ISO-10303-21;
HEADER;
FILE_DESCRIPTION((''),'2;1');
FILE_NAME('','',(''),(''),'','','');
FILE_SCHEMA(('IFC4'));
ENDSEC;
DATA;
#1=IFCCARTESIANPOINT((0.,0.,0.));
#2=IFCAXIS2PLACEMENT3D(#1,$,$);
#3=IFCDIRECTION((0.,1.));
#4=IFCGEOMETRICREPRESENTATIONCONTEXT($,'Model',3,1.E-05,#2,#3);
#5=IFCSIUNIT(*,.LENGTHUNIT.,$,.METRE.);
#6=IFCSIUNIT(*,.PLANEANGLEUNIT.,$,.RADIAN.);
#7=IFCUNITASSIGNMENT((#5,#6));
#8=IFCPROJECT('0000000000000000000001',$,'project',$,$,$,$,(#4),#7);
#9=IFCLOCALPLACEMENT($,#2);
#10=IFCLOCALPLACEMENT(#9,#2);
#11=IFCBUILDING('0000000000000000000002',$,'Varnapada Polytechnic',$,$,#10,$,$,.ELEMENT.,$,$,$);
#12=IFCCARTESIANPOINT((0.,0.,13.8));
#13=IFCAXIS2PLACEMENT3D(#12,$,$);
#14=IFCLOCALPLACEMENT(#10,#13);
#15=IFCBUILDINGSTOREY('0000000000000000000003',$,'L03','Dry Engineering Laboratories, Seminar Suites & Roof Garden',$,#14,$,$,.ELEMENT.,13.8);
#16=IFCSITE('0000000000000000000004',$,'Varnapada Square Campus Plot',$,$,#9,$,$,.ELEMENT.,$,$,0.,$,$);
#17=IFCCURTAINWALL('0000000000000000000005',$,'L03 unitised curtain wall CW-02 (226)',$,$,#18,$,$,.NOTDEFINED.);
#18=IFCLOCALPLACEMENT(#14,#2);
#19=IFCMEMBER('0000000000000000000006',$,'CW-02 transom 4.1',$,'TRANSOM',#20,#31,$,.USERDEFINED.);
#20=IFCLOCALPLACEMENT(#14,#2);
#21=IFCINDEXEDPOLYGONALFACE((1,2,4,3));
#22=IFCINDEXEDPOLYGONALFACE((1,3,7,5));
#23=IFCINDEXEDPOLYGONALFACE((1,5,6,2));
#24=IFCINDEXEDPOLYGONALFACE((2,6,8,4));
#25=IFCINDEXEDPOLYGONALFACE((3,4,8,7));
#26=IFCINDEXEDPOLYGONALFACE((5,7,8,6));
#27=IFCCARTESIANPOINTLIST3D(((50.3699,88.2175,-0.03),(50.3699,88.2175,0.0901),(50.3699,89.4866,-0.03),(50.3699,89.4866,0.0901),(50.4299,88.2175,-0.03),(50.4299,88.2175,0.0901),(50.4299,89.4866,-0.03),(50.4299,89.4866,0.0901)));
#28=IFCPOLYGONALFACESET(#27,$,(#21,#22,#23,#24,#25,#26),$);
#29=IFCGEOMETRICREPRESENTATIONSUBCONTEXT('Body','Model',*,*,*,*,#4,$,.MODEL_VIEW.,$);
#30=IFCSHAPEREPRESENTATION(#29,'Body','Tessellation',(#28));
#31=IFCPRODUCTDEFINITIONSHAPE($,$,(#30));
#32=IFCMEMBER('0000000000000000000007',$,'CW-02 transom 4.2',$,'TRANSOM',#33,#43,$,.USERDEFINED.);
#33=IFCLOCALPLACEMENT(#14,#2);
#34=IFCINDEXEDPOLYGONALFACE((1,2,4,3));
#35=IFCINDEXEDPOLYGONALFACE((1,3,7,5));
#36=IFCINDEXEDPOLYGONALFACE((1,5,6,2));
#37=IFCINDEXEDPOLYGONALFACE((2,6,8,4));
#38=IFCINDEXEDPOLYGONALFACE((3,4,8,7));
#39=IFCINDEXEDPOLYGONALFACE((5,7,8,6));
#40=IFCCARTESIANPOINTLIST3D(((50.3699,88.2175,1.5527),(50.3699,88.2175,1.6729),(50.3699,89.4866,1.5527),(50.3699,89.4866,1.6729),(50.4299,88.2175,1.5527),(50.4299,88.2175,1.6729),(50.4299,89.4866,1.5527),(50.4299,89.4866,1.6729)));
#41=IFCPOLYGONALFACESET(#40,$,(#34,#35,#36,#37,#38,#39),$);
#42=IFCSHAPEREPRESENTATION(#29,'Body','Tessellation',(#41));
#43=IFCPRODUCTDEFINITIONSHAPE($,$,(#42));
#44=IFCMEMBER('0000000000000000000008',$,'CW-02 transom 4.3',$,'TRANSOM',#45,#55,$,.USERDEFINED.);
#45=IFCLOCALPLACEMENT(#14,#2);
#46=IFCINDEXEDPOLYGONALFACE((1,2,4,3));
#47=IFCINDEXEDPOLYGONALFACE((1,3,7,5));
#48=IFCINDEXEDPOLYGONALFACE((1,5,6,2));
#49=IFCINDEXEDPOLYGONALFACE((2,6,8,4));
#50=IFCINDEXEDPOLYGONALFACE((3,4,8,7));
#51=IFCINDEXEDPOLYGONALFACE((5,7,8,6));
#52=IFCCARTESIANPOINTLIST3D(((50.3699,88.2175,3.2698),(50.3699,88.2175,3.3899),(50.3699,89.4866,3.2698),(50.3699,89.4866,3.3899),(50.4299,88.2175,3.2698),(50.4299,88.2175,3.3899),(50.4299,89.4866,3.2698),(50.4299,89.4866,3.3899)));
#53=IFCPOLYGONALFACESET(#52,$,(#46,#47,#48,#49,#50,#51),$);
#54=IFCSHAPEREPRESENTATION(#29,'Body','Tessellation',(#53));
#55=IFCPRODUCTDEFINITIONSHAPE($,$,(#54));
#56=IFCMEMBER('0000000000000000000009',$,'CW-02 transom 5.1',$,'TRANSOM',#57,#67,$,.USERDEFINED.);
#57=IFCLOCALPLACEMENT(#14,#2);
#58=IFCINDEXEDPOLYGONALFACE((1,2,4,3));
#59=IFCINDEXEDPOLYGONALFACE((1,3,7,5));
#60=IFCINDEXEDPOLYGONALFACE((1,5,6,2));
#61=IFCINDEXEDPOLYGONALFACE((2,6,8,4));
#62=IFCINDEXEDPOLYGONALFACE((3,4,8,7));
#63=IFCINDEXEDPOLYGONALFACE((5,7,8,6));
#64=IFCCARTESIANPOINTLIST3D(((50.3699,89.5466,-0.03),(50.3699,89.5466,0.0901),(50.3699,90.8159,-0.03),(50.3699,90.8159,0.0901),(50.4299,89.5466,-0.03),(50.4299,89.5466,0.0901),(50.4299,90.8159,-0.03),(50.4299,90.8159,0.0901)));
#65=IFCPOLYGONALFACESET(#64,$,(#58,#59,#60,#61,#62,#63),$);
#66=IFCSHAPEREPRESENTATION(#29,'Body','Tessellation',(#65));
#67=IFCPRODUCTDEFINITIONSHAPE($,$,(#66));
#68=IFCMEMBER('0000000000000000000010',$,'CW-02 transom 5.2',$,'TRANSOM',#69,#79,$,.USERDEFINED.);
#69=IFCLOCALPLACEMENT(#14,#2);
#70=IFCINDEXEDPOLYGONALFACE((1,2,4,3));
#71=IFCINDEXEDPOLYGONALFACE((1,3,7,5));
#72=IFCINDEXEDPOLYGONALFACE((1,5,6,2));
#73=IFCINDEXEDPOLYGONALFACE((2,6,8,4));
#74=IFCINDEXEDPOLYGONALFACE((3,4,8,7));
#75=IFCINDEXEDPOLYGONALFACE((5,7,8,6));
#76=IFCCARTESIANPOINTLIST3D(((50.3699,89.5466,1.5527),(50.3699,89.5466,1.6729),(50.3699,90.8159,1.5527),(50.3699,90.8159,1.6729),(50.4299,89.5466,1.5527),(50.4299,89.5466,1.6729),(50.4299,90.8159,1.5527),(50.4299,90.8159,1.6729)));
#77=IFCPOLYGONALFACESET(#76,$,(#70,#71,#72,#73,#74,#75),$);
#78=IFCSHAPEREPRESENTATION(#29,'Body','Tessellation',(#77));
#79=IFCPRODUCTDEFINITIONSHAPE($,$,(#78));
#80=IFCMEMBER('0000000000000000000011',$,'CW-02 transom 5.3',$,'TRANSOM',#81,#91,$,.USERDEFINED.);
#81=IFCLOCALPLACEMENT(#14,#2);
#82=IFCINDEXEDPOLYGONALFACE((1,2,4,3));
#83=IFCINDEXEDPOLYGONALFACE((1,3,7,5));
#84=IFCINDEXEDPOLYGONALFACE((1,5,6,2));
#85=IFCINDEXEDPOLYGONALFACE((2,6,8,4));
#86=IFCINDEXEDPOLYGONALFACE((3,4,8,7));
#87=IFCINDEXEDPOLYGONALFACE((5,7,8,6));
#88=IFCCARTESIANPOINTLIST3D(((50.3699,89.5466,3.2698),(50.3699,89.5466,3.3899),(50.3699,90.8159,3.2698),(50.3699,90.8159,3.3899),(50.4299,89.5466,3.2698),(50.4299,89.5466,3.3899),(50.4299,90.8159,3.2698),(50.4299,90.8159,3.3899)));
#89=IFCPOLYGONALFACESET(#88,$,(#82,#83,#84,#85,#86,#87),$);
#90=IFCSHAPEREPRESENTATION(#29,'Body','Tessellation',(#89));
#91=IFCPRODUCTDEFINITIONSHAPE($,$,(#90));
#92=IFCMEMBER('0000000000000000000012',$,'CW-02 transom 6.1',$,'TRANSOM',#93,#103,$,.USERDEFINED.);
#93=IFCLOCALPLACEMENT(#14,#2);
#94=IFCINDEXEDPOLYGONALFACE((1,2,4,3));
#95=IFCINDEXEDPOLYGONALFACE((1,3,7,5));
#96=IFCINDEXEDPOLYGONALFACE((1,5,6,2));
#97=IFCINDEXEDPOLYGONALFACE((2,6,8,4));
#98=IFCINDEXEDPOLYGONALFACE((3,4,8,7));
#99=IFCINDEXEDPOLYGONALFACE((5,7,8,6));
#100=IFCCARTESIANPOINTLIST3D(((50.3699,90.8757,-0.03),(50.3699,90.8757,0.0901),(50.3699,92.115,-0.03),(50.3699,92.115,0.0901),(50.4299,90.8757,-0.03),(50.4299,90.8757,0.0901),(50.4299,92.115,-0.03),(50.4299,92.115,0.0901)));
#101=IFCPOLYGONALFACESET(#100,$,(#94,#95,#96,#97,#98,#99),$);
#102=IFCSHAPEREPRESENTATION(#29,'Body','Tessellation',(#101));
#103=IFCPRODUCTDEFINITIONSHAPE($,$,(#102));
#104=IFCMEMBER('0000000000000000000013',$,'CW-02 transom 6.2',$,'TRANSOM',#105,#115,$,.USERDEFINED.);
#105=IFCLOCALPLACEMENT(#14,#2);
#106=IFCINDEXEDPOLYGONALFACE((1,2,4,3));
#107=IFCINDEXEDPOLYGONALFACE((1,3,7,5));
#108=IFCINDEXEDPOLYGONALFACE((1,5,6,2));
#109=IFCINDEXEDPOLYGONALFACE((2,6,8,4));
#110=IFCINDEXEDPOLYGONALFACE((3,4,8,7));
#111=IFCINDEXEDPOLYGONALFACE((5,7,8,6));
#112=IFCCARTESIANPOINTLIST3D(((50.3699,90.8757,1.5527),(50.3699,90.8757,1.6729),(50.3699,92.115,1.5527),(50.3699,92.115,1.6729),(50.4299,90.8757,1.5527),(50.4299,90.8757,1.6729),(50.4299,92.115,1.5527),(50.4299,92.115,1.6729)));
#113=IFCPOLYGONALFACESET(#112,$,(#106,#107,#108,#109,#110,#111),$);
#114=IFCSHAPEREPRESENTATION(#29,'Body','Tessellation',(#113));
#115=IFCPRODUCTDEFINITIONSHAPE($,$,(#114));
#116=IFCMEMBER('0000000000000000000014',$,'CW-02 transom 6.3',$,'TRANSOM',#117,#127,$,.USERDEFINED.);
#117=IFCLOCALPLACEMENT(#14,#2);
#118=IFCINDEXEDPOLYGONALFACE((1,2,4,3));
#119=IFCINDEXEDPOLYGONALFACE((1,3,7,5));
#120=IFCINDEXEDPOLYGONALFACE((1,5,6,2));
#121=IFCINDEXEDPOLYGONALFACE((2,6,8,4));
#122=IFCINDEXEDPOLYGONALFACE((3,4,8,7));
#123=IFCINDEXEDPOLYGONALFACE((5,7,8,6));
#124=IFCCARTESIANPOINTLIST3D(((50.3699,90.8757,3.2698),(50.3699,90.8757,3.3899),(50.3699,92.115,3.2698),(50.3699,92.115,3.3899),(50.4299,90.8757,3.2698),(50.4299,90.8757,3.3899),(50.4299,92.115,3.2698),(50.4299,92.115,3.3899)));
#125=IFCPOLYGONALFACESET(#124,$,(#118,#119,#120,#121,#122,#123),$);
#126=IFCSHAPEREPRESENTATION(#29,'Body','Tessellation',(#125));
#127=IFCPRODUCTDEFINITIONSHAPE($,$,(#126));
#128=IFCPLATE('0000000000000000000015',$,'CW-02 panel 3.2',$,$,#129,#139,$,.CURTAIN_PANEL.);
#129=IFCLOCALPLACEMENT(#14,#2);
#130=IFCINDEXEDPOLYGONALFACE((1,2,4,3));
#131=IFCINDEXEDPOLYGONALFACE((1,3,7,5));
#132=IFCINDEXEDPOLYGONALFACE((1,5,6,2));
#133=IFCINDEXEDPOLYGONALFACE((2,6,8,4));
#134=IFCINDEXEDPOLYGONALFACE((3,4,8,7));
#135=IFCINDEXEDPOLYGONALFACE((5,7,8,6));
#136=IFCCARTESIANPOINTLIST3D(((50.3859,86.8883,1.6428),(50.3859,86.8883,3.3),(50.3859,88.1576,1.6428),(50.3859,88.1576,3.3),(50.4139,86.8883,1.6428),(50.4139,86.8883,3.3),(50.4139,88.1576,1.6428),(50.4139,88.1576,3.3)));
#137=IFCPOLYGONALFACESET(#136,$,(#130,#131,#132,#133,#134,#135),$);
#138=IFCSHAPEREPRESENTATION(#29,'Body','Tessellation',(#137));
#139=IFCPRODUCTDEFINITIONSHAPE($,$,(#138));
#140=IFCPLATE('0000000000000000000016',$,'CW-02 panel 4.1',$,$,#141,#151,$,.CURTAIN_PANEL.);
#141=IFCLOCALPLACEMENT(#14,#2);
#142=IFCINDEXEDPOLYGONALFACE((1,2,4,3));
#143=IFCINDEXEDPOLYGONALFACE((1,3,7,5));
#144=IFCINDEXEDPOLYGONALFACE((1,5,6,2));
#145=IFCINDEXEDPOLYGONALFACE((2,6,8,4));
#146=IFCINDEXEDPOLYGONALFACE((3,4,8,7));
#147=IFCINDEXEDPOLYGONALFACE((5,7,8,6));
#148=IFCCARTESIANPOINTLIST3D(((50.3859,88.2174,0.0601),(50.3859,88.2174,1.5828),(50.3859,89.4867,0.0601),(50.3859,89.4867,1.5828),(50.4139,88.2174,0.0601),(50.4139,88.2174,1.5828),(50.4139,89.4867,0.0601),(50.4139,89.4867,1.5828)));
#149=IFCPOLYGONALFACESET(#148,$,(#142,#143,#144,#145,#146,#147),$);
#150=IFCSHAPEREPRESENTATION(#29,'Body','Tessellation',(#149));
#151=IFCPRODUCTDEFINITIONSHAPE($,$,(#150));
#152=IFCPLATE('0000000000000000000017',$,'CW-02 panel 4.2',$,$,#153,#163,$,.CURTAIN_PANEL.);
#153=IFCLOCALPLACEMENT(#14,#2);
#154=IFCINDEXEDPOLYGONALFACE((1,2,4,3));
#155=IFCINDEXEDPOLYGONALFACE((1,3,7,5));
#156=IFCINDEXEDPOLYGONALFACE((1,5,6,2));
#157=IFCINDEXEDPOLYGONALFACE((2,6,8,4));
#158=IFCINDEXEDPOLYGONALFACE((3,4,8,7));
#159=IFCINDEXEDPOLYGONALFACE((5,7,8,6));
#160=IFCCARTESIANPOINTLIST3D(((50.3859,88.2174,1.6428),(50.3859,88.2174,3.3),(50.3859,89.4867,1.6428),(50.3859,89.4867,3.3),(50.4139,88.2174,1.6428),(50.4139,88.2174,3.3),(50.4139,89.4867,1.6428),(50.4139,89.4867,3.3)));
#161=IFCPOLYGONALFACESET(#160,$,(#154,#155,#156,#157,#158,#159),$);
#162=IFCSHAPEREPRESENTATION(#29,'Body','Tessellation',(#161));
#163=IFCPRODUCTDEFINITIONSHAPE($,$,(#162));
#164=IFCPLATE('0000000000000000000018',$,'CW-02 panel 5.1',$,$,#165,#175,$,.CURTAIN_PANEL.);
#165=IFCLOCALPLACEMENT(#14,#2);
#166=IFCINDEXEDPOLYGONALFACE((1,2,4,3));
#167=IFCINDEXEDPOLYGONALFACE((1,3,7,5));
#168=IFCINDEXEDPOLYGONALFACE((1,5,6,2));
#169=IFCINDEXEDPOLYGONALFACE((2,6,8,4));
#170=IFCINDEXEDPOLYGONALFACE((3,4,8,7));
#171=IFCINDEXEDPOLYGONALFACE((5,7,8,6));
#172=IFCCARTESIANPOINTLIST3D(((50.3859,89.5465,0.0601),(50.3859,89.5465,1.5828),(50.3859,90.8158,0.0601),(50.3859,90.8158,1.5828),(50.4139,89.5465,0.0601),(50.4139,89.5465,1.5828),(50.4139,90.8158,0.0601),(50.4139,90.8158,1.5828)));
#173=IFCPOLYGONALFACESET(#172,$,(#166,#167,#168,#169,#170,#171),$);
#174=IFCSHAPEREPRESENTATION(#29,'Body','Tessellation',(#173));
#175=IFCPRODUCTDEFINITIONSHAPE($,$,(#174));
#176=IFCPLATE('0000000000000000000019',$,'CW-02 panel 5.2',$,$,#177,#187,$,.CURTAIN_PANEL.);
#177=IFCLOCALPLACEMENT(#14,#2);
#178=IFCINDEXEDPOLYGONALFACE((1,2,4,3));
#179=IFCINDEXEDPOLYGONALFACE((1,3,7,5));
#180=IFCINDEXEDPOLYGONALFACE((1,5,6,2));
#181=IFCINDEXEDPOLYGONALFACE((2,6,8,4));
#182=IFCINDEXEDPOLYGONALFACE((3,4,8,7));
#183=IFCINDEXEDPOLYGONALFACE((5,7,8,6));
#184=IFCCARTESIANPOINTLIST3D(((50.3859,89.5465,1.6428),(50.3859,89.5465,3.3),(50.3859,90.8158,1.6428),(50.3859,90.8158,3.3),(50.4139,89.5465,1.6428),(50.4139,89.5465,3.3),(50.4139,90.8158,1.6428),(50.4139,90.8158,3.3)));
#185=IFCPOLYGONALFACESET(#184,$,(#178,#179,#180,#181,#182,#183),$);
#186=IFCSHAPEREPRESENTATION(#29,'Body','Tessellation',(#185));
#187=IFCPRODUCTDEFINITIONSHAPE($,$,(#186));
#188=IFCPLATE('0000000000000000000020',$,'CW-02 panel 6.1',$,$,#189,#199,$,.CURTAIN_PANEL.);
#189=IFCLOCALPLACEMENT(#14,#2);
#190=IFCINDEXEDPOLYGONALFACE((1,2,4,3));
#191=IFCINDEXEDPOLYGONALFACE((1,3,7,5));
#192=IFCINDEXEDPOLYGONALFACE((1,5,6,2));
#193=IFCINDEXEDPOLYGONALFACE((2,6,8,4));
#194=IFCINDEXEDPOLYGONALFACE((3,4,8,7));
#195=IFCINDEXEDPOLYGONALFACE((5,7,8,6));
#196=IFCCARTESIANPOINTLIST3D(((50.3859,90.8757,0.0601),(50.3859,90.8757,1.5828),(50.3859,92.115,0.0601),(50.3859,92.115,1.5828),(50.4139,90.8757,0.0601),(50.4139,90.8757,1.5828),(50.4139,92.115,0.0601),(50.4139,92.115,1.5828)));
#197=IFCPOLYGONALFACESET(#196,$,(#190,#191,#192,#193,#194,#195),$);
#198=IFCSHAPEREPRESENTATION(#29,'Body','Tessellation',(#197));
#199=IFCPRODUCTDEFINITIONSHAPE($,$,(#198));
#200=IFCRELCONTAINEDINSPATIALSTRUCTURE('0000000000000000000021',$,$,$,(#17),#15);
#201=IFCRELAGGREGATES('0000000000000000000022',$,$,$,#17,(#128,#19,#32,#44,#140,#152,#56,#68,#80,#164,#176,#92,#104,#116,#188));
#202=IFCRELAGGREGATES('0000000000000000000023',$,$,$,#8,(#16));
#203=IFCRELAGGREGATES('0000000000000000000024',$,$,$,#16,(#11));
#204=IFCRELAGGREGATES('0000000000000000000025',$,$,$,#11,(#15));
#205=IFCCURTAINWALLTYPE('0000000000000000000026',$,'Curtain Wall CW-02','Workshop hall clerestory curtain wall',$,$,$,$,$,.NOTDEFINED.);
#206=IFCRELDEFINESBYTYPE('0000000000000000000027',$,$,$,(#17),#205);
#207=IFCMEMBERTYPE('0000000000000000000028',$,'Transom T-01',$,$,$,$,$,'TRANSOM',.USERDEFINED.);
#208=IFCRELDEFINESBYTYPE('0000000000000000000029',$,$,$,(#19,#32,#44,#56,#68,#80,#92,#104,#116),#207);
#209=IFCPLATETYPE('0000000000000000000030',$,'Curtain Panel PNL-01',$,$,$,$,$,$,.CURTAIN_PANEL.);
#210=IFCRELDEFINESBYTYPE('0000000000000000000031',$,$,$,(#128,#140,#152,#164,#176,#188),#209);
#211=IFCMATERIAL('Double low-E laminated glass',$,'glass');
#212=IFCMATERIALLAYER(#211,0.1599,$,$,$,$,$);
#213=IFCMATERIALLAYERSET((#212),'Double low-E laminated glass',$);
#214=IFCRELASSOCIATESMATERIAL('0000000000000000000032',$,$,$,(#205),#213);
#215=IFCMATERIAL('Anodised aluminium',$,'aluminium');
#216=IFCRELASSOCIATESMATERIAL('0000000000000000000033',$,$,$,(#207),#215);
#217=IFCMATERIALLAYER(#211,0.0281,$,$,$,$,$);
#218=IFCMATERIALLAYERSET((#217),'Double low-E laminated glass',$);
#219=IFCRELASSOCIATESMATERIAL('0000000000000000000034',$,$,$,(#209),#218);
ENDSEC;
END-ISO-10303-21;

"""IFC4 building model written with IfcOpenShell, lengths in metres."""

from ifc_helpers import new_model, si_unit, direction, frame, origin, origin_2d, place, context, subcontext, project, spatial, rectangle, extrude, material, layer, layer_set, material_profile, profile_set, type_object, element, aggregate, save


model = new_model("IFC4")

# Units and contexts
model_context = context("Model", 3, precision=1e-05, world=origin(), true_north=direction((0.0, 1.0)))
body_context = subcontext(model_context, "Body", "Model", "MODEL_VIEW")
ifc_project = project(units=[si_unit("LENGTHUNIT", "METRE"), si_unit("PLANEANGLEUNIT", "RADIAN")], contexts=[model_context])

# Site, building, storey
site_placement = place(None, origin())
site = spatial("IfcSite", under=ifc_project, at=site_placement, Name="Varnapada Square Campus Plot", CompositionType="ELEMENT", RefElevation=0.0)
building_placement = place(site_placement, origin())
building = spatial("IfcBuilding", under=site, at=building_placement, Name="Varnapada Polytechnic", CompositionType="ELEMENT")
storey_placement = place(building_placement, frame((0.0, 0.0, 13.8)))
storey = spatial("IfcBuildingStorey", under=building, at=storey_placement, Name="L03", Description="Dry Engineering Laboratories, Seminar Suites & Roof Garden", CompositionType="ELEMENT", Elevation=13.8)

# Curtain wall
ifc_material_1 = material(Name="Double low-E laminated glass", Category="glass")
ifc_layer_1 = layer(ifc_material_1, 0.1599)
ifc_layer_set_1 = layer_set([ifc_layer_1], Name="Double low-E laminated glass")
curtain_wall_type = type_object("IfcCurtainWallType", Name="Curtain Wall CW-02", Description="Workshop hall clerestory curtain wall", PredefinedType="NOTDEFINED", material=ifc_layer_set_1)
curtain_wall_placement = place(storey_placement, origin())
curtain_wall = element("IfcCurtainWall", 1, at=curtain_wall_placement, inside=storey, type_object=curtain_wall_type, Name="L03 unitised curtain wall CW-02 (226)", PredefinedType="NOTDEFINED")
ifc_material_2 = material(Name="Anodised aluminium", Category="aluminium")

# Members
ifc_material_profile_1 = material_profile(ifc_material_2, rectangle(XDim=0.0601, YDim=0.1201, at=origin_2d()), Name="ALU T60x120")
ifc_profile_set_1 = profile_set([ifc_material_profile_1], Name="Anodised aluminium")
member_type_1 = type_object("IfcMemberType", Name="Transom T-01", ElementType="TRANSOM", PredefinedType="USERDEFINED", material=ifc_profile_set_1)
member_1_placement = place(storey_placement, frame((50.3999, 88.2175, 0.03), z_axis=(0.0, 1.0, 0.0), x_axis=(-1.0, 0.0, 0.0)))
member_1 = element("IfcMember", 2, at=member_1_placement, type_object=member_type_1, Name="CW-02 transom 4.1", ObjectType="TRANSOM", PredefinedType="USERDEFINED", context=body_context, shape_type="SweptSolid", body=[
    extrude(rectangle(XDim=0.0601, YDim=0.1201, at=origin_2d()), origin(), (0.0, 0.0, 1.0), 1.269),
])
member_2_placement = place(storey_placement, frame((50.3999, 88.2175, 1.6128), z_axis=(0.0, 1.0, 0.0), x_axis=(-1.0, 0.0, 0.0)))
member_2 = element("IfcMember", 3, at=member_2_placement, type_object=member_type_1, Name="CW-02 transom 4.2", ObjectType="TRANSOM", PredefinedType="USERDEFINED", context=body_context, shape_type="SweptSolid", body=[
    extrude(rectangle(XDim=0.0601, YDim=0.1201, at=origin_2d()), origin(), (0.0, 0.0, 1.0), 1.269),
])
member_3_placement = place(storey_placement, frame((50.3999, 88.2175, 3.3298), z_axis=(0.0, 1.0, 0.0), x_axis=(-1.0, 0.0, 0.0)))
member_3 = element("IfcMember", 4, at=member_3_placement, type_object=member_type_1, Name="CW-02 transom 4.3", ObjectType="TRANSOM", PredefinedType="USERDEFINED", context=body_context, shape_type="SweptSolid", body=[
    extrude(rectangle(XDim=0.0601, YDim=0.1201, at=origin_2d()), origin(), (0.0, 0.0, 1.0), 1.269),
])
member_4_placement = place(storey_placement, frame((50.3999, 89.5466, 0.03), z_axis=(0.0, 1.0, 0.0), x_axis=(-1.0, 0.0, 0.0)))
member_4 = element("IfcMember", 5, at=member_4_placement, type_object=member_type_1, Name="CW-02 transom 5.1", ObjectType="TRANSOM", PredefinedType="USERDEFINED", context=body_context, shape_type="SweptSolid", body=[
    extrude(rectangle(XDim=0.0601, YDim=0.1201, at=origin_2d()), origin(), (0.0, 0.0, 1.0), 1.2693),
])
member_5_placement = place(storey_placement, frame((50.3999, 89.5466, 1.6128), z_axis=(0.0, 1.0, 0.0), x_axis=(-1.0, 0.0, 0.0)))
member_5 = element("IfcMember", 6, at=member_5_placement, type_object=member_type_1, Name="CW-02 transom 5.2", ObjectType="TRANSOM", PredefinedType="USERDEFINED", context=body_context, shape_type="SweptSolid", body=[
    extrude(rectangle(XDim=0.0601, YDim=0.1201, at=origin_2d()), origin(), (0.0, 0.0, 1.0), 1.2693),
])
member_6_placement = place(storey_placement, frame((50.3999, 89.5466, 3.3298), z_axis=(0.0, 1.0, 0.0), x_axis=(-1.0, 0.0, 0.0)))
member_6 = element("IfcMember", 7, at=member_6_placement, type_object=member_type_1, Name="CW-02 transom 5.3", ObjectType="TRANSOM", PredefinedType="USERDEFINED", context=body_context, shape_type="SweptSolid", body=[
    extrude(rectangle(XDim=0.0601, YDim=0.1201, at=origin_2d()), origin(), (0.0, 0.0, 1.0), 1.2693),
])
member_7_placement = place(storey_placement, frame((50.3999, 90.8757, 0.03), z_axis=(0.0, 1.0, 0.0), x_axis=(-1.0, 0.0, 0.0)))
member_7 = element("IfcMember", 8, at=member_7_placement, type_object=member_type_1, Name="CW-02 transom 6.1", ObjectType="TRANSOM", PredefinedType="USERDEFINED", context=body_context, shape_type="SweptSolid", body=[
    extrude(rectangle(XDim=0.0601, YDim=0.1201, at=origin_2d()), origin(), (0.0, 0.0, 1.0), 1.2393),
])
member_8_placement = place(storey_placement, frame((50.3999, 90.8757, 1.6128), z_axis=(0.0, 1.0, 0.0), x_axis=(-1.0, 0.0, 0.0)))
member_8 = element("IfcMember", 9, at=member_8_placement, type_object=member_type_1, Name="CW-02 transom 6.2", ObjectType="TRANSOM", PredefinedType="USERDEFINED", context=body_context, shape_type="SweptSolid", body=[
    extrude(rectangle(XDim=0.0601, YDim=0.1201, at=origin_2d()), origin(), (0.0, 0.0, 1.0), 1.2393),
])
member_9_placement = place(storey_placement, frame((50.3999, 90.8757, 3.3298), z_axis=(0.0, 1.0, 0.0), x_axis=(-1.0, 0.0, 0.0)))
member_9 = element("IfcMember", 10, at=member_9_placement, type_object=member_type_1, Name="CW-02 transom 6.3", ObjectType="TRANSOM", PredefinedType="USERDEFINED", context=body_context, shape_type="SweptSolid", body=[
    extrude(rectangle(XDim=0.0601, YDim=0.1201, at=origin_2d()), origin(), (0.0, 0.0, 1.0), 1.2393),
])

# Plates
ifc_layer_2 = layer(ifc_material_1, 0.0281)
ifc_layer_set_2 = layer_set([ifc_layer_2], Name="Double low-E laminated glass")
plate_type = type_object("IfcPlateType", Name="Curtain Panel PNL-01", PredefinedType="CURTAIN_PANEL", material=ifc_layer_set_2)
plate_1_placement = place(storey_placement, frame((50.3999, 87.5229, 1.6428), z_axis=(0.0, 0.0, 1.0), x_axis=(0.0, 1.0, 0.0)))
plate_1 = element("IfcPlate", 11, at=plate_1_placement, type_object=plate_type, Name="CW-02 panel 3.2", PredefinedType="CURTAIN_PANEL", context=body_context, shape_type="SweptSolid", body=[
    extrude(rectangle(XDim=1.2693, YDim=0.0281, at=origin_2d()), origin(), (0.0, 0.0, 1.0), 1.6572),
])
plate_2_placement = place(storey_placement, frame((50.3999, 88.8521, 0.0601), z_axis=(0.0, 0.0, 1.0), x_axis=(0.0, 1.0, 0.0)))
plate_2 = element("IfcPlate", 12, at=plate_2_placement, type_object=plate_type, Name="CW-02 panel 4.1", PredefinedType="CURTAIN_PANEL", context=body_context, shape_type="SweptSolid", body=[
    extrude(rectangle(XDim=1.2693, YDim=0.0281, at=origin_2d()), origin(), (0.0, 0.0, 1.0), 1.5227),
])
plate_3_placement = place(storey_placement, frame((50.3999, 88.8521, 1.6428), z_axis=(0.0, 0.0, 1.0), x_axis=(0.0, 1.0, 0.0)))
plate_3 = element("IfcPlate", 13, at=plate_3_placement, type_object=plate_type, Name="CW-02 panel 4.2", PredefinedType="CURTAIN_PANEL", context=body_context, shape_type="SweptSolid", body=[
    extrude(rectangle(XDim=1.2693, YDim=0.0281, at=origin_2d()), origin(), (0.0, 0.0, 1.0), 1.6572),
])
plate_4_placement = place(storey_placement, frame((50.3999, 90.1812, 0.0601), z_axis=(0.0, 0.0, 1.0), x_axis=(0.0, 1.0, 0.0)))
plate_4 = element("IfcPlate", 14, at=plate_4_placement, type_object=plate_type, Name="CW-02 panel 5.1", PredefinedType="CURTAIN_PANEL", context=body_context, shape_type="SweptSolid", body=[
    extrude(rectangle(XDim=1.2693, YDim=0.0281, at=origin_2d()), origin(), (0.0, 0.0, 1.0), 1.5227),
])
plate_5_placement = place(storey_placement, frame((50.3999, 90.1812, 1.6428), z_axis=(0.0, 0.0, 1.0), x_axis=(0.0, 1.0, 0.0)))
plate_5 = element("IfcPlate", 15, at=plate_5_placement, type_object=plate_type, Name="CW-02 panel 5.2", PredefinedType="CURTAIN_PANEL", context=body_context, shape_type="SweptSolid", body=[
    extrude(rectangle(XDim=1.2693, YDim=0.0281, at=origin_2d()), origin(), (0.0, 0.0, 1.0), 1.6572),
])
plate_6_placement = place(storey_placement, frame((50.3999, 91.4954, 0.0601), z_axis=(0.0, 0.0, 1.0), x_axis=(0.0, 1.0, 0.0)))
plate_6 = element("IfcPlate", 16, at=plate_6_placement, type_object=plate_type, Name="CW-02 panel 6.1", PredefinedType="CURTAIN_PANEL", context=body_context, shape_type="SweptSolid", body=[
    extrude(rectangle(XDim=1.2393, YDim=0.0281, at=origin_2d()), origin(), (0.0, 0.0, 1.0), 1.5227),
])
aggregate(curtain_wall, [plate_1, member_1, member_2, member_3, plate_2, plate_3, member_4, member_5, member_6, plate_4, plate_5, member_7, member_8, member_9, plate_6])

save(model, "model.ifc")
